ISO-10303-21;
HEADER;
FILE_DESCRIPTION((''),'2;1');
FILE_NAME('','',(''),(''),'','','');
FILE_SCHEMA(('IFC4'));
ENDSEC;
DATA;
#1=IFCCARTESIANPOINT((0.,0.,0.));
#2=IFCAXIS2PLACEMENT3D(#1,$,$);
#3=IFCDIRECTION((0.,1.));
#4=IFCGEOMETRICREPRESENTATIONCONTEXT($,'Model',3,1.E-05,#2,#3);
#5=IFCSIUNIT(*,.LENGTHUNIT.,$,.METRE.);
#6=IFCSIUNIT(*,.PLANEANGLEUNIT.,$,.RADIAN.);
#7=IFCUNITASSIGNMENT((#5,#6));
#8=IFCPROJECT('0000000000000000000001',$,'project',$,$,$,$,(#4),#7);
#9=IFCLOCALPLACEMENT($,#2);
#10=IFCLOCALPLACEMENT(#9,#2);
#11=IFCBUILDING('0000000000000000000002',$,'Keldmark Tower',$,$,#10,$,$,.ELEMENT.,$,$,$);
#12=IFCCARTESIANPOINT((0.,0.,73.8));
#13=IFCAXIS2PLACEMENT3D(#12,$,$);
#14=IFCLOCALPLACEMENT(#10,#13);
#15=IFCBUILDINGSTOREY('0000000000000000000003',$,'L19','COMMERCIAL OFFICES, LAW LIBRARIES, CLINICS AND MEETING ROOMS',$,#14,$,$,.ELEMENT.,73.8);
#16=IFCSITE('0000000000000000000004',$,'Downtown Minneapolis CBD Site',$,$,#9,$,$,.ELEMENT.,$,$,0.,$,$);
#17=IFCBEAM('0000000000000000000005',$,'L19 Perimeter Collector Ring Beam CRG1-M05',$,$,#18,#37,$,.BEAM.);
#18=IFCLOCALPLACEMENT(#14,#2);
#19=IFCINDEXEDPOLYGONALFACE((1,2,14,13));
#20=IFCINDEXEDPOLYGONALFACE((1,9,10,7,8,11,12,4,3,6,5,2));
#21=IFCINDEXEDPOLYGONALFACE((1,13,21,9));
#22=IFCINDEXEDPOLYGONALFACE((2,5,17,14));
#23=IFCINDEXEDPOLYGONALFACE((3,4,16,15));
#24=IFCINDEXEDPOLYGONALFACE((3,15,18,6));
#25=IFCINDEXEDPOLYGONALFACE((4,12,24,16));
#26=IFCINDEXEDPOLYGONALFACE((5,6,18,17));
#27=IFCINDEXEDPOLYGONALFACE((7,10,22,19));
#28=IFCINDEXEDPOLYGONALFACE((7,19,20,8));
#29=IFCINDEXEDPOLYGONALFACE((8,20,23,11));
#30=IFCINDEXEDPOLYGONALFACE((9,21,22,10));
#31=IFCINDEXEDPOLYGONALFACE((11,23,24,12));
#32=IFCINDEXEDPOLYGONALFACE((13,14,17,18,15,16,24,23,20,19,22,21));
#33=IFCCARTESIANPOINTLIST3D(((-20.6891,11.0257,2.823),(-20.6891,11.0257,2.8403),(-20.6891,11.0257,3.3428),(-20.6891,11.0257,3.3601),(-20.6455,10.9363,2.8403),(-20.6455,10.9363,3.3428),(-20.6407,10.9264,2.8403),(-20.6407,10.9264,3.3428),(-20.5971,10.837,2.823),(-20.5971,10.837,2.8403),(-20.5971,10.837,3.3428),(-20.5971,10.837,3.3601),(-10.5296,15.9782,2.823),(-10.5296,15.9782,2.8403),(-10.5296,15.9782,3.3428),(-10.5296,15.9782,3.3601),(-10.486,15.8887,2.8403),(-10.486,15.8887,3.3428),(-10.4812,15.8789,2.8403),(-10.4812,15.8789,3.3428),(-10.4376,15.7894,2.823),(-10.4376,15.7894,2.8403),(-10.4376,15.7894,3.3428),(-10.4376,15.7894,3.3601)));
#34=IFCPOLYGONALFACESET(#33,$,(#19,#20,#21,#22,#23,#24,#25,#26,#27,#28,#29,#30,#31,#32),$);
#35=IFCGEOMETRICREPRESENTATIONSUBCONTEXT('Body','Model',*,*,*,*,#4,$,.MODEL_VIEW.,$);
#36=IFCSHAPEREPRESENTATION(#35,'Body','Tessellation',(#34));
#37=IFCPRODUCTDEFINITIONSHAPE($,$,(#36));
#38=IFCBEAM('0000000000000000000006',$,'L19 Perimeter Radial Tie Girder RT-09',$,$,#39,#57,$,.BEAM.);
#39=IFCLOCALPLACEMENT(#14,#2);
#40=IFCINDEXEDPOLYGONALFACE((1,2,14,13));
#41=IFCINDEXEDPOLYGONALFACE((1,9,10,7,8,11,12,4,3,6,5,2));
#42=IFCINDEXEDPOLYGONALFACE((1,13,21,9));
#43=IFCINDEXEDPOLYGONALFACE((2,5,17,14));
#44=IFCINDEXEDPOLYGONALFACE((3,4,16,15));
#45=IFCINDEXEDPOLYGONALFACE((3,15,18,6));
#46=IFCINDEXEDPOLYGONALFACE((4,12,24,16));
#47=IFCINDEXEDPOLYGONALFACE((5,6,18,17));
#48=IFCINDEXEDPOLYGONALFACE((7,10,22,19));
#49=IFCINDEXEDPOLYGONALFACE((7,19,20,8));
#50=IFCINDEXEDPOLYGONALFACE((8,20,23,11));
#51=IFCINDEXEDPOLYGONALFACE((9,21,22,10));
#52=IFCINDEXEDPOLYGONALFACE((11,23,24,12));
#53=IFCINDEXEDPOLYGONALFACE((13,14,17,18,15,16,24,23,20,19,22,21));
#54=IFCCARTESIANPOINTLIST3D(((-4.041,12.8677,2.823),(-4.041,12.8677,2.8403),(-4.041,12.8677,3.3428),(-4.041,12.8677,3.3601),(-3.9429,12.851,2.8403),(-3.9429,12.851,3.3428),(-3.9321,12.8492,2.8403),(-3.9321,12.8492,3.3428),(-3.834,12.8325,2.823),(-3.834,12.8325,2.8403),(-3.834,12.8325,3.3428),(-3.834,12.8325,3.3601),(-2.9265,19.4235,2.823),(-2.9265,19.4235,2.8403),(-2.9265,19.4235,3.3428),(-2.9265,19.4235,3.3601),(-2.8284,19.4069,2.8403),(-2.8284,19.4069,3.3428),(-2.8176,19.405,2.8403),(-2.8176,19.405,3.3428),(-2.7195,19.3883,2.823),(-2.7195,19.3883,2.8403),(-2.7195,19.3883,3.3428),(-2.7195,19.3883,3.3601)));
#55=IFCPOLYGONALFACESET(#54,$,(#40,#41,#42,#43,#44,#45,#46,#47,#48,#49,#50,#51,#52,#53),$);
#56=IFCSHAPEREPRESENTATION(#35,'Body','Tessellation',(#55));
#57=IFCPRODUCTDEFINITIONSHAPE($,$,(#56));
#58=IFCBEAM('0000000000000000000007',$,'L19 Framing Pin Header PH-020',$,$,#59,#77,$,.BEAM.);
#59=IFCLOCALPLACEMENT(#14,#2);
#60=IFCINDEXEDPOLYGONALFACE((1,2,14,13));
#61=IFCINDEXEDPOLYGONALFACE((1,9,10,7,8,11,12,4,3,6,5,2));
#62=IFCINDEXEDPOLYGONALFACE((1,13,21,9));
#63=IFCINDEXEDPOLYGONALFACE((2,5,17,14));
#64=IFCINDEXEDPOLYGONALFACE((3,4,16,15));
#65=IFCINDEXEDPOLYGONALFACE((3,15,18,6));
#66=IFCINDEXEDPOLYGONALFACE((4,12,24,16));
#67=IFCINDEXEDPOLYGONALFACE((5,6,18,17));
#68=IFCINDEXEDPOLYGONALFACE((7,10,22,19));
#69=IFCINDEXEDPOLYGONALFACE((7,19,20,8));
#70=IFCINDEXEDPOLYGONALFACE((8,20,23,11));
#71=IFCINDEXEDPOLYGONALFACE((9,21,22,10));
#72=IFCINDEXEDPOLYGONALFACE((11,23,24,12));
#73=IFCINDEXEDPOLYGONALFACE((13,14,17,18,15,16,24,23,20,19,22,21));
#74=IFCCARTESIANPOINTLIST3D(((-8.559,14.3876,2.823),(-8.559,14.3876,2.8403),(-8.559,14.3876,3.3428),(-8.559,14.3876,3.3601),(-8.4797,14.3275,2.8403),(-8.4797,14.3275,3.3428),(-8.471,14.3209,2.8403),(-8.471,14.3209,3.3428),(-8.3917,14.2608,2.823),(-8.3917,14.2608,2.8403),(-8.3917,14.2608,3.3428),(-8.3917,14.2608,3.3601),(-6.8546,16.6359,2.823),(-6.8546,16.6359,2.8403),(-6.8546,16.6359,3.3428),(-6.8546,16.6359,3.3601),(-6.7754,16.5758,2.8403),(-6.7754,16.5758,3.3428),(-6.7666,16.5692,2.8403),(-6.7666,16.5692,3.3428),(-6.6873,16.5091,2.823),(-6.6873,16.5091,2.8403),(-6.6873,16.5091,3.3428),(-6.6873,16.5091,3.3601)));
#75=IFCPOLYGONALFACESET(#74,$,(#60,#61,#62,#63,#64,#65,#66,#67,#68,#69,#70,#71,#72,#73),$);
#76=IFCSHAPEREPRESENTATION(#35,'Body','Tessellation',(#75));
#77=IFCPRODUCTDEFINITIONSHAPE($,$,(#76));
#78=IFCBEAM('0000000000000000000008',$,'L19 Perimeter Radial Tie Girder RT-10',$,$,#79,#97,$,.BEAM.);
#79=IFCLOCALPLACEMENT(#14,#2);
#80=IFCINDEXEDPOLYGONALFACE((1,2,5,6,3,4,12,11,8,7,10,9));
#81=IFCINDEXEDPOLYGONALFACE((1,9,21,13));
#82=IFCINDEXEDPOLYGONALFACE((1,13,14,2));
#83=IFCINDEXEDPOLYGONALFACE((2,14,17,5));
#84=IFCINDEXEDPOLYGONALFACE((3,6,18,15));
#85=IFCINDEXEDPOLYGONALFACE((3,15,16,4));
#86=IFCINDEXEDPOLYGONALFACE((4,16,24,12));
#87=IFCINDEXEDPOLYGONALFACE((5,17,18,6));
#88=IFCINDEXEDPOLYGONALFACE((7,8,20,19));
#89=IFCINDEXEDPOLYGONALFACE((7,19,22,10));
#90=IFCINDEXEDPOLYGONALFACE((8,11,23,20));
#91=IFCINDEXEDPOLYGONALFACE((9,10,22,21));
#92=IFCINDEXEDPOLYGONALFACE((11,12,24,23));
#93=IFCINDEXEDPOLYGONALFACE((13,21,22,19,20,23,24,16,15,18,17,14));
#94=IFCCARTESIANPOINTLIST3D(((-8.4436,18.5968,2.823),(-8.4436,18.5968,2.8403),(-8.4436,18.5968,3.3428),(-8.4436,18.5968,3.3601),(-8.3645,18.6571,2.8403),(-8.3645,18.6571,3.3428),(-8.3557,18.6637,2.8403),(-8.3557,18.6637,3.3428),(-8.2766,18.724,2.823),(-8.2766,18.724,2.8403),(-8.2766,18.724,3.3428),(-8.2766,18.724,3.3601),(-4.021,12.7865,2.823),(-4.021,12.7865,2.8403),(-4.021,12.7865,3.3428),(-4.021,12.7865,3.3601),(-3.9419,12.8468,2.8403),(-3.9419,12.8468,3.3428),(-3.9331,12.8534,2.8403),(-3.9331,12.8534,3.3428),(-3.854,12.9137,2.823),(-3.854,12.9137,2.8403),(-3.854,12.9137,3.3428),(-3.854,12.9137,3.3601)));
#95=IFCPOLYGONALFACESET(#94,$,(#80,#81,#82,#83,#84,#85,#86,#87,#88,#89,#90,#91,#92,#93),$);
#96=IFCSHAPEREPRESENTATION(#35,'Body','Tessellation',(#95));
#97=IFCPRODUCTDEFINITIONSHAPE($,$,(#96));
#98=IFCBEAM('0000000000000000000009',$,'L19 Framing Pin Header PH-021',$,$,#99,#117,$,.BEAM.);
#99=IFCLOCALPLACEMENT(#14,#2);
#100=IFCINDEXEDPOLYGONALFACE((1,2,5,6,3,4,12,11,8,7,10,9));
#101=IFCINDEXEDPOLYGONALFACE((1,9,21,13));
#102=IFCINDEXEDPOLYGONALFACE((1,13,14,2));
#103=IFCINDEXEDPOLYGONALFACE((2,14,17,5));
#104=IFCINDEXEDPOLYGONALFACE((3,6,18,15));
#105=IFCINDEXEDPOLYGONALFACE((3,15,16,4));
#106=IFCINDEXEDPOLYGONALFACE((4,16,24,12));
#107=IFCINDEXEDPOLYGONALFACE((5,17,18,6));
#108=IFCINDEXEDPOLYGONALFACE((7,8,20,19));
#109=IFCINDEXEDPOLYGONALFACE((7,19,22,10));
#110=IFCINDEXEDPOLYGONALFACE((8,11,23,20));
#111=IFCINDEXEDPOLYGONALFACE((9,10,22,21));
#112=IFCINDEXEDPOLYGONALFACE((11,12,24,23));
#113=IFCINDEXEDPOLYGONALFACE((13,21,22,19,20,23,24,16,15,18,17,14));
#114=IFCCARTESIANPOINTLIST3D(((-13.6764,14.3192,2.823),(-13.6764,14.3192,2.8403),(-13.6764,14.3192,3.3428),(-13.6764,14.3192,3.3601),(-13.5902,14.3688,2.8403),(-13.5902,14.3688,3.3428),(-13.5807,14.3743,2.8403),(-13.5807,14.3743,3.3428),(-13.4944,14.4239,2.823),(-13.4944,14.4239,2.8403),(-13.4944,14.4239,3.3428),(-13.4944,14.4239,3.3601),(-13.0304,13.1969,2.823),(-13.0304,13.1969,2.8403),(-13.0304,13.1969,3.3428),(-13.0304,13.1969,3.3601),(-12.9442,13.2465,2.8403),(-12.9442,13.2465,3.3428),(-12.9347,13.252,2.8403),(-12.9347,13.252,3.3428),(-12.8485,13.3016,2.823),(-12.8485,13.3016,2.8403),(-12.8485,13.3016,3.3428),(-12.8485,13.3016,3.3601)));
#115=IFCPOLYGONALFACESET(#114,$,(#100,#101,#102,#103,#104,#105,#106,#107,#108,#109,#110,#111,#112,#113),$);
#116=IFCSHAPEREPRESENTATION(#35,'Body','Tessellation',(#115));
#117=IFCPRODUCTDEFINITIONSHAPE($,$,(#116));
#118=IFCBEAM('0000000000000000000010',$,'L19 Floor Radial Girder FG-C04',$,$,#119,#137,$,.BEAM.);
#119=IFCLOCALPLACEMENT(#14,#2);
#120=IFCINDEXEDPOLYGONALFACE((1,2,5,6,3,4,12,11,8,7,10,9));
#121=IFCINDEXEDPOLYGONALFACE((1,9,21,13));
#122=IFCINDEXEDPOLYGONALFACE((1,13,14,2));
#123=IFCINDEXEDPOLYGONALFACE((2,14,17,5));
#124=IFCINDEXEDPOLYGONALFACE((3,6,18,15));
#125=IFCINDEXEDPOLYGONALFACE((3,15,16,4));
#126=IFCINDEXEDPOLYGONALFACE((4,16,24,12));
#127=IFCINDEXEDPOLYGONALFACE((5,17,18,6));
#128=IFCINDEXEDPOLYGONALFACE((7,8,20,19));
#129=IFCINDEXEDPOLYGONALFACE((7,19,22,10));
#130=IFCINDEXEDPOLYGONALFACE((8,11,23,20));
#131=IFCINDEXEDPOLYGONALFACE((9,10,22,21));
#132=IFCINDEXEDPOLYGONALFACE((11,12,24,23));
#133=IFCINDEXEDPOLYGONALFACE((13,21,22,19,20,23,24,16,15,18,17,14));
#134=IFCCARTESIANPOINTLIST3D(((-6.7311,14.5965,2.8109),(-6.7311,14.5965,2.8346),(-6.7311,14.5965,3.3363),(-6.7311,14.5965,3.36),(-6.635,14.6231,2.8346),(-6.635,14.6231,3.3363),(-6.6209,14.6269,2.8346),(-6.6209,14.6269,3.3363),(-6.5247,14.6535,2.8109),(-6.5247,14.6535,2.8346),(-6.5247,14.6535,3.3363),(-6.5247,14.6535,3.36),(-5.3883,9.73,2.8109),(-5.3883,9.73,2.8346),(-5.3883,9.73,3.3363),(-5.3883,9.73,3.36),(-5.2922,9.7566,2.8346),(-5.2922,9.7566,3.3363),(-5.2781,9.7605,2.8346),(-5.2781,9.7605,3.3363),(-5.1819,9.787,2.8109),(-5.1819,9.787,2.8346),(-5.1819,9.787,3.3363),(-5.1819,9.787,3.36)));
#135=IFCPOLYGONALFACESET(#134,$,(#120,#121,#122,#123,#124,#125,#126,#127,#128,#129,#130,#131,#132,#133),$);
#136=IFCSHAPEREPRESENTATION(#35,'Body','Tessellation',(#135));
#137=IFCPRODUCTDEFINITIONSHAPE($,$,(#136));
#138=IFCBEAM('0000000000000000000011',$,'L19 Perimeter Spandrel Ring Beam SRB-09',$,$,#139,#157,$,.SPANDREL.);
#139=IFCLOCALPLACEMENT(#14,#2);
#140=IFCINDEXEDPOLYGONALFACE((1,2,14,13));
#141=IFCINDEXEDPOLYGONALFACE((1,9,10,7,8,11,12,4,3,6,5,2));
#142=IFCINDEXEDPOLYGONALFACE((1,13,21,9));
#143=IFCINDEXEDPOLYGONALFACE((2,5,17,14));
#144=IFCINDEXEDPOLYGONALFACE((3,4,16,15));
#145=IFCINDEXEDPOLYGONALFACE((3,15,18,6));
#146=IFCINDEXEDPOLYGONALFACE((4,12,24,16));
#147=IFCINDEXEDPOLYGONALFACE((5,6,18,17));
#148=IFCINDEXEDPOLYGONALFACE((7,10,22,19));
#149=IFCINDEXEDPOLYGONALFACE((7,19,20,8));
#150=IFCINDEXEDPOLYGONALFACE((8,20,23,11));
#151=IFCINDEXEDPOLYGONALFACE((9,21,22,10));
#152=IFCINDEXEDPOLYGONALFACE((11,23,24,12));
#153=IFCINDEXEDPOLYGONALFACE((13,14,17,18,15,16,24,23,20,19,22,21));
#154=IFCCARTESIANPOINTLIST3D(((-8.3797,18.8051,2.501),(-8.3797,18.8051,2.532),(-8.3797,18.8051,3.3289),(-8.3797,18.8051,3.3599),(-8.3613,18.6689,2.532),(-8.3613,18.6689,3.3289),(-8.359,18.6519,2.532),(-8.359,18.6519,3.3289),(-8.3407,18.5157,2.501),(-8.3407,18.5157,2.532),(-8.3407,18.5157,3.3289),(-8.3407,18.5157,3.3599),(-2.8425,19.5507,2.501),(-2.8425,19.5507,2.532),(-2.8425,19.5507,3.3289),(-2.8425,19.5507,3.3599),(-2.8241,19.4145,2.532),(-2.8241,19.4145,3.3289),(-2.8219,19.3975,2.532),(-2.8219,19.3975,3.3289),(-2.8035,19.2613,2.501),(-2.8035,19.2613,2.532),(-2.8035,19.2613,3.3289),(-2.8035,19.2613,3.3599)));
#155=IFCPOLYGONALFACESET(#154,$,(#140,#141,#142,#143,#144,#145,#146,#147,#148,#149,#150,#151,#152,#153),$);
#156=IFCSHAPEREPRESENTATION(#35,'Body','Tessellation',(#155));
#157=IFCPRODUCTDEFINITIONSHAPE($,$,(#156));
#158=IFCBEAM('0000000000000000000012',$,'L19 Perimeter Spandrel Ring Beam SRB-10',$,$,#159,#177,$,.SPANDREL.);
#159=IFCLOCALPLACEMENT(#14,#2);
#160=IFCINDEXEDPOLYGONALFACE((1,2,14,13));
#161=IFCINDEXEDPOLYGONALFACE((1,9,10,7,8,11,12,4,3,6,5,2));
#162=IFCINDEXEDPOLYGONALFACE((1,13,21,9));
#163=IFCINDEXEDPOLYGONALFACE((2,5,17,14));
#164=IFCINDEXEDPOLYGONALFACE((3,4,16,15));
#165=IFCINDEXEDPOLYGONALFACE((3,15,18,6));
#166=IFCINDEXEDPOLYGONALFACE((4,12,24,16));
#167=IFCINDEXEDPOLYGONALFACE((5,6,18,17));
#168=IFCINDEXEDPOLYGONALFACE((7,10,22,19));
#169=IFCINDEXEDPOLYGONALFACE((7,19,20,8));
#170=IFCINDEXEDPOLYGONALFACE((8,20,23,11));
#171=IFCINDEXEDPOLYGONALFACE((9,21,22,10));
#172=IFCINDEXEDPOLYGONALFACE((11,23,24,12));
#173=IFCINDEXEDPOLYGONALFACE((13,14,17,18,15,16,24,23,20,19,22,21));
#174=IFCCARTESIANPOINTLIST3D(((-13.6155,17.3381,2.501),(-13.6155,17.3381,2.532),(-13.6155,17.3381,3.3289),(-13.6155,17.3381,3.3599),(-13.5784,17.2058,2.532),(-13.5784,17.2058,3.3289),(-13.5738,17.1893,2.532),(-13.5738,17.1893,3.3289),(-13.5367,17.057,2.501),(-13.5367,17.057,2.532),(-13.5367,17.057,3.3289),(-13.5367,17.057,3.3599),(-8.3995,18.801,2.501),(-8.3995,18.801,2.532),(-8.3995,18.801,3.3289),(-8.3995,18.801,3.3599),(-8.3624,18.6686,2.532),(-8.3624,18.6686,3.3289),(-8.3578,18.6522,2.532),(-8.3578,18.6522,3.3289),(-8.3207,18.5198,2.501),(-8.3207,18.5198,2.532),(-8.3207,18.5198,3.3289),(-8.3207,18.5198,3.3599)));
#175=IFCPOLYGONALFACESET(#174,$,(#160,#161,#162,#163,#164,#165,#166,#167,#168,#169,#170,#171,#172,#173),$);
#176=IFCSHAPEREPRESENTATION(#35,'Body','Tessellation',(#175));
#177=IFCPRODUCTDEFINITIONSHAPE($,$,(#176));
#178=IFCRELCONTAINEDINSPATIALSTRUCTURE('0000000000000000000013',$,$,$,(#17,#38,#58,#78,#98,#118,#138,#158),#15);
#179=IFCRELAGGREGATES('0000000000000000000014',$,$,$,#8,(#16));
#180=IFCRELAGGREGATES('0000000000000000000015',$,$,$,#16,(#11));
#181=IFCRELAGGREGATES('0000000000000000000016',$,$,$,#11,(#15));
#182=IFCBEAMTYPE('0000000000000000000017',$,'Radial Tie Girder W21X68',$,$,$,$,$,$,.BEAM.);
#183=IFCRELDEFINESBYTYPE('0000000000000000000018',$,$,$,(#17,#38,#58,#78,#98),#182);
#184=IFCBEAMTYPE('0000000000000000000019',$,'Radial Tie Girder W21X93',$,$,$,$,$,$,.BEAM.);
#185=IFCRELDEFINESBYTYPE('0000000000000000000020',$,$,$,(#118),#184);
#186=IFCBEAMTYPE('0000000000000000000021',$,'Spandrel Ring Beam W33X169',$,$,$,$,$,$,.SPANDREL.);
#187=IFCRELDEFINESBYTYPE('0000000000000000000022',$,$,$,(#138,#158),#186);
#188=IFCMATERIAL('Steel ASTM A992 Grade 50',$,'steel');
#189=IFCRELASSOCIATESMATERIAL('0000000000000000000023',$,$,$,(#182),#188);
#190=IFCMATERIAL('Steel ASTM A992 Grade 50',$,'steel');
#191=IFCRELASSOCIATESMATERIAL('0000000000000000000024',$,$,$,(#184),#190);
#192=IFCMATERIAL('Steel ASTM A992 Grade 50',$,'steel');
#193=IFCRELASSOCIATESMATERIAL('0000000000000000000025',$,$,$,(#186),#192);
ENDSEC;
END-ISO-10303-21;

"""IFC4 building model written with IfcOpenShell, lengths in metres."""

from ifc_helpers import new_model, si_unit, direction, frame, origin, origin_2d, place, context, subcontext, project, spatial, i_section, extrude, material, material_profile, profile_set, type_object, element, save


model = new_model("IFC4")

# Units and contexts
model_context = context("Model", 3, precision=1e-05, world=origin(), true_north=direction((0.0, 1.0)))
body_context = subcontext(model_context, "Body", "Model", "MODEL_VIEW")
ifc_project = project(units=[si_unit("LENGTHUNIT", "METRE"), si_unit("PLANEANGLEUNIT", "RADIAN")], contexts=[model_context])

# Site, building, storey
site_placement = place(None, origin())
site = spatial("IfcSite", under=ifc_project, at=site_placement, Name="Downtown Minneapolis CBD Site", CompositionType="ELEMENT", RefElevation=0.0)
building_placement = place(site_placement, origin())
building = spatial("IfcBuilding", under=site, at=building_placement, Name="Keldmark Tower", CompositionType="ELEMENT")
storey_placement = place(building_placement, frame((0.0, 0.0, 73.8)))
storey = spatial("IfcBuildingStorey", under=building, at=storey_placement, Name="L19", Description="COMMERCIAL OFFICES, LAW LIBRARIES, CLINICS AND MEETING ROOMS", CompositionType="ELEMENT", Elevation=73.8)

# Beams
ifc_material_1 = material(Name="Steel ASTM A992 Grade 50", Category="steel")
ifc_material_profile_1 = material_profile(ifc_material_1, i_section(OverallWidth=0.21, OverallDepth=0.5371, WebThickness=0.011, FlangeThickness=0.0173, at=origin_2d()), Name="W21X68")
ifc_profile_set_1 = profile_set([ifc_material_profile_1], Name="Steel ASTM A992 Grade 50")
beam_type_1 = type_object("IfcBeamType", Name="Radial Tie Girder W21X68", PredefinedType="BEAM", material=ifc_profile_set_1)
beam_1_placement = place(storey_placement, frame((-10.4836, 15.8838, 3.0916), z_axis=(-0.898888, -0.438179, 0.0), x_axis=(0.438179, -0.898888, 0.0)))
element("IfcBeam", 1, at=beam_1_placement, inside=storey, type_object=beam_type_1, Name="L19 Perimeter Collector Ring Beam CRG1-M05", PredefinedType="BEAM", context=body_context, shape_type="SweptSolid", body=[
    extrude(i_section(OverallWidth=0.21, OverallDepth=0.5371, WebThickness=0.011, FlangeThickness=0.0173, at=origin_2d()), origin(), (0.0, 0.0, 1.0), 11.3022),
])
beam_2_placement = place(storey_placement, frame((-3.9375, 12.8501, 3.0916), z_axis=(0.167595, 0.985856, 0.0), x_axis=(-0.985856, 0.167595, 0.0)))
element("IfcBeam", 2, at=beam_2_placement, inside=storey, type_object=beam_type_1, Name="L19 Perimeter Radial Tie Girder RT-09", PredefinedType="BEAM", context=body_context, shape_type="SweptSolid", body=[
    extrude(i_section(OverallWidth=0.21, OverallDepth=0.5371, WebThickness=0.011, FlangeThickness=0.0173, at=origin_2d()), origin(), (0.0, 0.0, 1.0), 6.6499),
])
beam_3_placement = place(storey_placement, frame((-8.4753, 14.3242, 3.0916), z_axis=(0.604104, 0.796905, 0.0), x_axis=(-0.796905, 0.604104, 0.0)))
element("IfcBeam", 3, at=beam_3_placement, inside=storey, type_object=beam_type_1, Name="L19 Framing Pin Header PH-020", PredefinedType="BEAM", context=body_context, shape_type="SweptSolid", body=[
    extrude(i_section(OverallWidth=0.21, OverallDepth=0.5371, WebThickness=0.011, FlangeThickness=0.0173, at=origin_2d()), origin(), (0.0, 0.0, 1.0), 2.8213),
])
beam_4_placement = place(storey_placement, frame((-3.9375, 12.8501, 3.0916), z_axis=(-0.605671, 0.795715, 0.0), x_axis=(-0.795715, -0.605671, 0.0)))
element("IfcBeam", 4, at=beam_4_placement, inside=storey, type_object=beam_type_1, Name="L19 Perimeter Radial Tie Girder RT-10", PredefinedType="BEAM", context=body_context, shape_type="SweptSolid", body=[
    extrude(i_section(OverallWidth=0.21, OverallDepth=0.5371, WebThickness=0.011, FlangeThickness=0.0173, at=origin_2d()), origin(), (0.0, 0.0, 1.0), 7.302),
])
beam_5_placement = place(storey_placement, frame((-12.9395, 13.2493, 3.0916), z_axis=(-0.498857, 0.866684, 0.0), x_axis=(-0.866684, -0.498857, 0.0)))
element("IfcBeam", 5, at=beam_5_placement, inside=storey, type_object=beam_type_1, Name="L19 Framing Pin Header PH-021", PredefinedType="BEAM", context=body_context, shape_type="SweptSolid", body=[
    extrude(i_section(OverallWidth=0.21, OverallDepth=0.5371, WebThickness=0.011, FlangeThickness=0.0173, at=origin_2d()), origin(), (0.0, 0.0, 1.0), 1.2949),
])
ifc_material_2 = material(Name="Steel ASTM A992 Grade 50", Category="steel")
ifc_material_profile_2 = material_profile(ifc_material_2, i_section(OverallWidth=0.2141, OverallDepth=0.5491, WebThickness=0.0146, FlangeThickness=0.0237, at=origin_2d()), Name="W21X93")
ifc_profile_set_2 = profile_set([ifc_material_profile_2], Name="Steel ASTM A992 Grade 50")
beam_type_2 = type_object("IfcBeamType", Name="Radial Tie Girder W21X93", PredefinedType="BEAM", material=ifc_profile_set_2)
beam_6_placement = place(storey_placement, frame((-6.6279, 14.625, 3.0854), z_axis=(0.265985, -0.963977, 0.0), x_axis=(0.963977, 0.265985, 0.0)))
element("IfcBeam", 6, at=beam_6_placement, inside=storey, type_object=beam_type_2, Name="L19 Floor Radial Girder FG-C04", PredefinedType="BEAM", context=body_context, shape_type="SweptSolid", body=[
    extrude(i_section(OverallWidth=0.2141, OverallDepth=0.5491, WebThickness=0.0146, FlangeThickness=0.0237, at=origin_2d()), origin(), (0.0, 0.0, 1.0), 5.0483),
])
ifc_material_3 = material(Name="Steel ASTM A992 Grade 50", Category="steel")
ifc_material_profile_3 = material_profile(ifc_material_3, i_section(OverallWidth=0.292, OverallDepth=0.8589, WebThickness=0.0171, FlangeThickness=0.031, at=origin_2d()), Name="W33X169")
ifc_profile_set_3 = profile_set([ifc_material_profile_3], Name="Steel ASTM A992 Grade 50")
beam_type_3 = type_object("IfcBeamType", Name="Spandrel Ring Beam W33X169", PredefinedType="SPANDREL", material=ifc_profile_set_3)
beam_7_placement = place(storey_placement, frame((-2.823, 19.406, 2.9304), z_axis=(-0.991055, -0.133452, 0.0), x_axis=(0.133452, -0.991055, 0.0)))
element("IfcBeam", 7, at=beam_7_placement, inside=storey, type_object=beam_type_3, Name="L19 Perimeter Spandrel Ring Beam SRB-09", PredefinedType="SPANDREL", context=body_context, shape_type="SweptSolid", body=[
    extrude(i_section(OverallWidth=0.292, OverallDepth=0.8589, WebThickness=0.0171, FlangeThickness=0.031, at=origin_2d()), origin(), (0.0, 0.0, 1.0), 5.5872),
])
beam_8_placement = place(storey_placement, frame((-8.3601, 18.6604, 2.9304), z_axis=(-0.962849, -0.270039, 0.0), x_axis=(0.270039, -0.962849, 0.0)))
element("IfcBeam", 8, at=beam_8_placement, inside=storey, type_object=beam_type_3, Name="L19 Perimeter Spandrel Ring Beam SRB-10", PredefinedType="SPANDREL", context=body_context, shape_type="SweptSolid", body=[
    extrude(i_section(OverallWidth=0.292, OverallDepth=0.8589, WebThickness=0.0171, FlangeThickness=0.031, at=origin_2d()), origin(), (0.0, 0.0, 1.0), 5.4172),
])

save(model, "model.ifc")
